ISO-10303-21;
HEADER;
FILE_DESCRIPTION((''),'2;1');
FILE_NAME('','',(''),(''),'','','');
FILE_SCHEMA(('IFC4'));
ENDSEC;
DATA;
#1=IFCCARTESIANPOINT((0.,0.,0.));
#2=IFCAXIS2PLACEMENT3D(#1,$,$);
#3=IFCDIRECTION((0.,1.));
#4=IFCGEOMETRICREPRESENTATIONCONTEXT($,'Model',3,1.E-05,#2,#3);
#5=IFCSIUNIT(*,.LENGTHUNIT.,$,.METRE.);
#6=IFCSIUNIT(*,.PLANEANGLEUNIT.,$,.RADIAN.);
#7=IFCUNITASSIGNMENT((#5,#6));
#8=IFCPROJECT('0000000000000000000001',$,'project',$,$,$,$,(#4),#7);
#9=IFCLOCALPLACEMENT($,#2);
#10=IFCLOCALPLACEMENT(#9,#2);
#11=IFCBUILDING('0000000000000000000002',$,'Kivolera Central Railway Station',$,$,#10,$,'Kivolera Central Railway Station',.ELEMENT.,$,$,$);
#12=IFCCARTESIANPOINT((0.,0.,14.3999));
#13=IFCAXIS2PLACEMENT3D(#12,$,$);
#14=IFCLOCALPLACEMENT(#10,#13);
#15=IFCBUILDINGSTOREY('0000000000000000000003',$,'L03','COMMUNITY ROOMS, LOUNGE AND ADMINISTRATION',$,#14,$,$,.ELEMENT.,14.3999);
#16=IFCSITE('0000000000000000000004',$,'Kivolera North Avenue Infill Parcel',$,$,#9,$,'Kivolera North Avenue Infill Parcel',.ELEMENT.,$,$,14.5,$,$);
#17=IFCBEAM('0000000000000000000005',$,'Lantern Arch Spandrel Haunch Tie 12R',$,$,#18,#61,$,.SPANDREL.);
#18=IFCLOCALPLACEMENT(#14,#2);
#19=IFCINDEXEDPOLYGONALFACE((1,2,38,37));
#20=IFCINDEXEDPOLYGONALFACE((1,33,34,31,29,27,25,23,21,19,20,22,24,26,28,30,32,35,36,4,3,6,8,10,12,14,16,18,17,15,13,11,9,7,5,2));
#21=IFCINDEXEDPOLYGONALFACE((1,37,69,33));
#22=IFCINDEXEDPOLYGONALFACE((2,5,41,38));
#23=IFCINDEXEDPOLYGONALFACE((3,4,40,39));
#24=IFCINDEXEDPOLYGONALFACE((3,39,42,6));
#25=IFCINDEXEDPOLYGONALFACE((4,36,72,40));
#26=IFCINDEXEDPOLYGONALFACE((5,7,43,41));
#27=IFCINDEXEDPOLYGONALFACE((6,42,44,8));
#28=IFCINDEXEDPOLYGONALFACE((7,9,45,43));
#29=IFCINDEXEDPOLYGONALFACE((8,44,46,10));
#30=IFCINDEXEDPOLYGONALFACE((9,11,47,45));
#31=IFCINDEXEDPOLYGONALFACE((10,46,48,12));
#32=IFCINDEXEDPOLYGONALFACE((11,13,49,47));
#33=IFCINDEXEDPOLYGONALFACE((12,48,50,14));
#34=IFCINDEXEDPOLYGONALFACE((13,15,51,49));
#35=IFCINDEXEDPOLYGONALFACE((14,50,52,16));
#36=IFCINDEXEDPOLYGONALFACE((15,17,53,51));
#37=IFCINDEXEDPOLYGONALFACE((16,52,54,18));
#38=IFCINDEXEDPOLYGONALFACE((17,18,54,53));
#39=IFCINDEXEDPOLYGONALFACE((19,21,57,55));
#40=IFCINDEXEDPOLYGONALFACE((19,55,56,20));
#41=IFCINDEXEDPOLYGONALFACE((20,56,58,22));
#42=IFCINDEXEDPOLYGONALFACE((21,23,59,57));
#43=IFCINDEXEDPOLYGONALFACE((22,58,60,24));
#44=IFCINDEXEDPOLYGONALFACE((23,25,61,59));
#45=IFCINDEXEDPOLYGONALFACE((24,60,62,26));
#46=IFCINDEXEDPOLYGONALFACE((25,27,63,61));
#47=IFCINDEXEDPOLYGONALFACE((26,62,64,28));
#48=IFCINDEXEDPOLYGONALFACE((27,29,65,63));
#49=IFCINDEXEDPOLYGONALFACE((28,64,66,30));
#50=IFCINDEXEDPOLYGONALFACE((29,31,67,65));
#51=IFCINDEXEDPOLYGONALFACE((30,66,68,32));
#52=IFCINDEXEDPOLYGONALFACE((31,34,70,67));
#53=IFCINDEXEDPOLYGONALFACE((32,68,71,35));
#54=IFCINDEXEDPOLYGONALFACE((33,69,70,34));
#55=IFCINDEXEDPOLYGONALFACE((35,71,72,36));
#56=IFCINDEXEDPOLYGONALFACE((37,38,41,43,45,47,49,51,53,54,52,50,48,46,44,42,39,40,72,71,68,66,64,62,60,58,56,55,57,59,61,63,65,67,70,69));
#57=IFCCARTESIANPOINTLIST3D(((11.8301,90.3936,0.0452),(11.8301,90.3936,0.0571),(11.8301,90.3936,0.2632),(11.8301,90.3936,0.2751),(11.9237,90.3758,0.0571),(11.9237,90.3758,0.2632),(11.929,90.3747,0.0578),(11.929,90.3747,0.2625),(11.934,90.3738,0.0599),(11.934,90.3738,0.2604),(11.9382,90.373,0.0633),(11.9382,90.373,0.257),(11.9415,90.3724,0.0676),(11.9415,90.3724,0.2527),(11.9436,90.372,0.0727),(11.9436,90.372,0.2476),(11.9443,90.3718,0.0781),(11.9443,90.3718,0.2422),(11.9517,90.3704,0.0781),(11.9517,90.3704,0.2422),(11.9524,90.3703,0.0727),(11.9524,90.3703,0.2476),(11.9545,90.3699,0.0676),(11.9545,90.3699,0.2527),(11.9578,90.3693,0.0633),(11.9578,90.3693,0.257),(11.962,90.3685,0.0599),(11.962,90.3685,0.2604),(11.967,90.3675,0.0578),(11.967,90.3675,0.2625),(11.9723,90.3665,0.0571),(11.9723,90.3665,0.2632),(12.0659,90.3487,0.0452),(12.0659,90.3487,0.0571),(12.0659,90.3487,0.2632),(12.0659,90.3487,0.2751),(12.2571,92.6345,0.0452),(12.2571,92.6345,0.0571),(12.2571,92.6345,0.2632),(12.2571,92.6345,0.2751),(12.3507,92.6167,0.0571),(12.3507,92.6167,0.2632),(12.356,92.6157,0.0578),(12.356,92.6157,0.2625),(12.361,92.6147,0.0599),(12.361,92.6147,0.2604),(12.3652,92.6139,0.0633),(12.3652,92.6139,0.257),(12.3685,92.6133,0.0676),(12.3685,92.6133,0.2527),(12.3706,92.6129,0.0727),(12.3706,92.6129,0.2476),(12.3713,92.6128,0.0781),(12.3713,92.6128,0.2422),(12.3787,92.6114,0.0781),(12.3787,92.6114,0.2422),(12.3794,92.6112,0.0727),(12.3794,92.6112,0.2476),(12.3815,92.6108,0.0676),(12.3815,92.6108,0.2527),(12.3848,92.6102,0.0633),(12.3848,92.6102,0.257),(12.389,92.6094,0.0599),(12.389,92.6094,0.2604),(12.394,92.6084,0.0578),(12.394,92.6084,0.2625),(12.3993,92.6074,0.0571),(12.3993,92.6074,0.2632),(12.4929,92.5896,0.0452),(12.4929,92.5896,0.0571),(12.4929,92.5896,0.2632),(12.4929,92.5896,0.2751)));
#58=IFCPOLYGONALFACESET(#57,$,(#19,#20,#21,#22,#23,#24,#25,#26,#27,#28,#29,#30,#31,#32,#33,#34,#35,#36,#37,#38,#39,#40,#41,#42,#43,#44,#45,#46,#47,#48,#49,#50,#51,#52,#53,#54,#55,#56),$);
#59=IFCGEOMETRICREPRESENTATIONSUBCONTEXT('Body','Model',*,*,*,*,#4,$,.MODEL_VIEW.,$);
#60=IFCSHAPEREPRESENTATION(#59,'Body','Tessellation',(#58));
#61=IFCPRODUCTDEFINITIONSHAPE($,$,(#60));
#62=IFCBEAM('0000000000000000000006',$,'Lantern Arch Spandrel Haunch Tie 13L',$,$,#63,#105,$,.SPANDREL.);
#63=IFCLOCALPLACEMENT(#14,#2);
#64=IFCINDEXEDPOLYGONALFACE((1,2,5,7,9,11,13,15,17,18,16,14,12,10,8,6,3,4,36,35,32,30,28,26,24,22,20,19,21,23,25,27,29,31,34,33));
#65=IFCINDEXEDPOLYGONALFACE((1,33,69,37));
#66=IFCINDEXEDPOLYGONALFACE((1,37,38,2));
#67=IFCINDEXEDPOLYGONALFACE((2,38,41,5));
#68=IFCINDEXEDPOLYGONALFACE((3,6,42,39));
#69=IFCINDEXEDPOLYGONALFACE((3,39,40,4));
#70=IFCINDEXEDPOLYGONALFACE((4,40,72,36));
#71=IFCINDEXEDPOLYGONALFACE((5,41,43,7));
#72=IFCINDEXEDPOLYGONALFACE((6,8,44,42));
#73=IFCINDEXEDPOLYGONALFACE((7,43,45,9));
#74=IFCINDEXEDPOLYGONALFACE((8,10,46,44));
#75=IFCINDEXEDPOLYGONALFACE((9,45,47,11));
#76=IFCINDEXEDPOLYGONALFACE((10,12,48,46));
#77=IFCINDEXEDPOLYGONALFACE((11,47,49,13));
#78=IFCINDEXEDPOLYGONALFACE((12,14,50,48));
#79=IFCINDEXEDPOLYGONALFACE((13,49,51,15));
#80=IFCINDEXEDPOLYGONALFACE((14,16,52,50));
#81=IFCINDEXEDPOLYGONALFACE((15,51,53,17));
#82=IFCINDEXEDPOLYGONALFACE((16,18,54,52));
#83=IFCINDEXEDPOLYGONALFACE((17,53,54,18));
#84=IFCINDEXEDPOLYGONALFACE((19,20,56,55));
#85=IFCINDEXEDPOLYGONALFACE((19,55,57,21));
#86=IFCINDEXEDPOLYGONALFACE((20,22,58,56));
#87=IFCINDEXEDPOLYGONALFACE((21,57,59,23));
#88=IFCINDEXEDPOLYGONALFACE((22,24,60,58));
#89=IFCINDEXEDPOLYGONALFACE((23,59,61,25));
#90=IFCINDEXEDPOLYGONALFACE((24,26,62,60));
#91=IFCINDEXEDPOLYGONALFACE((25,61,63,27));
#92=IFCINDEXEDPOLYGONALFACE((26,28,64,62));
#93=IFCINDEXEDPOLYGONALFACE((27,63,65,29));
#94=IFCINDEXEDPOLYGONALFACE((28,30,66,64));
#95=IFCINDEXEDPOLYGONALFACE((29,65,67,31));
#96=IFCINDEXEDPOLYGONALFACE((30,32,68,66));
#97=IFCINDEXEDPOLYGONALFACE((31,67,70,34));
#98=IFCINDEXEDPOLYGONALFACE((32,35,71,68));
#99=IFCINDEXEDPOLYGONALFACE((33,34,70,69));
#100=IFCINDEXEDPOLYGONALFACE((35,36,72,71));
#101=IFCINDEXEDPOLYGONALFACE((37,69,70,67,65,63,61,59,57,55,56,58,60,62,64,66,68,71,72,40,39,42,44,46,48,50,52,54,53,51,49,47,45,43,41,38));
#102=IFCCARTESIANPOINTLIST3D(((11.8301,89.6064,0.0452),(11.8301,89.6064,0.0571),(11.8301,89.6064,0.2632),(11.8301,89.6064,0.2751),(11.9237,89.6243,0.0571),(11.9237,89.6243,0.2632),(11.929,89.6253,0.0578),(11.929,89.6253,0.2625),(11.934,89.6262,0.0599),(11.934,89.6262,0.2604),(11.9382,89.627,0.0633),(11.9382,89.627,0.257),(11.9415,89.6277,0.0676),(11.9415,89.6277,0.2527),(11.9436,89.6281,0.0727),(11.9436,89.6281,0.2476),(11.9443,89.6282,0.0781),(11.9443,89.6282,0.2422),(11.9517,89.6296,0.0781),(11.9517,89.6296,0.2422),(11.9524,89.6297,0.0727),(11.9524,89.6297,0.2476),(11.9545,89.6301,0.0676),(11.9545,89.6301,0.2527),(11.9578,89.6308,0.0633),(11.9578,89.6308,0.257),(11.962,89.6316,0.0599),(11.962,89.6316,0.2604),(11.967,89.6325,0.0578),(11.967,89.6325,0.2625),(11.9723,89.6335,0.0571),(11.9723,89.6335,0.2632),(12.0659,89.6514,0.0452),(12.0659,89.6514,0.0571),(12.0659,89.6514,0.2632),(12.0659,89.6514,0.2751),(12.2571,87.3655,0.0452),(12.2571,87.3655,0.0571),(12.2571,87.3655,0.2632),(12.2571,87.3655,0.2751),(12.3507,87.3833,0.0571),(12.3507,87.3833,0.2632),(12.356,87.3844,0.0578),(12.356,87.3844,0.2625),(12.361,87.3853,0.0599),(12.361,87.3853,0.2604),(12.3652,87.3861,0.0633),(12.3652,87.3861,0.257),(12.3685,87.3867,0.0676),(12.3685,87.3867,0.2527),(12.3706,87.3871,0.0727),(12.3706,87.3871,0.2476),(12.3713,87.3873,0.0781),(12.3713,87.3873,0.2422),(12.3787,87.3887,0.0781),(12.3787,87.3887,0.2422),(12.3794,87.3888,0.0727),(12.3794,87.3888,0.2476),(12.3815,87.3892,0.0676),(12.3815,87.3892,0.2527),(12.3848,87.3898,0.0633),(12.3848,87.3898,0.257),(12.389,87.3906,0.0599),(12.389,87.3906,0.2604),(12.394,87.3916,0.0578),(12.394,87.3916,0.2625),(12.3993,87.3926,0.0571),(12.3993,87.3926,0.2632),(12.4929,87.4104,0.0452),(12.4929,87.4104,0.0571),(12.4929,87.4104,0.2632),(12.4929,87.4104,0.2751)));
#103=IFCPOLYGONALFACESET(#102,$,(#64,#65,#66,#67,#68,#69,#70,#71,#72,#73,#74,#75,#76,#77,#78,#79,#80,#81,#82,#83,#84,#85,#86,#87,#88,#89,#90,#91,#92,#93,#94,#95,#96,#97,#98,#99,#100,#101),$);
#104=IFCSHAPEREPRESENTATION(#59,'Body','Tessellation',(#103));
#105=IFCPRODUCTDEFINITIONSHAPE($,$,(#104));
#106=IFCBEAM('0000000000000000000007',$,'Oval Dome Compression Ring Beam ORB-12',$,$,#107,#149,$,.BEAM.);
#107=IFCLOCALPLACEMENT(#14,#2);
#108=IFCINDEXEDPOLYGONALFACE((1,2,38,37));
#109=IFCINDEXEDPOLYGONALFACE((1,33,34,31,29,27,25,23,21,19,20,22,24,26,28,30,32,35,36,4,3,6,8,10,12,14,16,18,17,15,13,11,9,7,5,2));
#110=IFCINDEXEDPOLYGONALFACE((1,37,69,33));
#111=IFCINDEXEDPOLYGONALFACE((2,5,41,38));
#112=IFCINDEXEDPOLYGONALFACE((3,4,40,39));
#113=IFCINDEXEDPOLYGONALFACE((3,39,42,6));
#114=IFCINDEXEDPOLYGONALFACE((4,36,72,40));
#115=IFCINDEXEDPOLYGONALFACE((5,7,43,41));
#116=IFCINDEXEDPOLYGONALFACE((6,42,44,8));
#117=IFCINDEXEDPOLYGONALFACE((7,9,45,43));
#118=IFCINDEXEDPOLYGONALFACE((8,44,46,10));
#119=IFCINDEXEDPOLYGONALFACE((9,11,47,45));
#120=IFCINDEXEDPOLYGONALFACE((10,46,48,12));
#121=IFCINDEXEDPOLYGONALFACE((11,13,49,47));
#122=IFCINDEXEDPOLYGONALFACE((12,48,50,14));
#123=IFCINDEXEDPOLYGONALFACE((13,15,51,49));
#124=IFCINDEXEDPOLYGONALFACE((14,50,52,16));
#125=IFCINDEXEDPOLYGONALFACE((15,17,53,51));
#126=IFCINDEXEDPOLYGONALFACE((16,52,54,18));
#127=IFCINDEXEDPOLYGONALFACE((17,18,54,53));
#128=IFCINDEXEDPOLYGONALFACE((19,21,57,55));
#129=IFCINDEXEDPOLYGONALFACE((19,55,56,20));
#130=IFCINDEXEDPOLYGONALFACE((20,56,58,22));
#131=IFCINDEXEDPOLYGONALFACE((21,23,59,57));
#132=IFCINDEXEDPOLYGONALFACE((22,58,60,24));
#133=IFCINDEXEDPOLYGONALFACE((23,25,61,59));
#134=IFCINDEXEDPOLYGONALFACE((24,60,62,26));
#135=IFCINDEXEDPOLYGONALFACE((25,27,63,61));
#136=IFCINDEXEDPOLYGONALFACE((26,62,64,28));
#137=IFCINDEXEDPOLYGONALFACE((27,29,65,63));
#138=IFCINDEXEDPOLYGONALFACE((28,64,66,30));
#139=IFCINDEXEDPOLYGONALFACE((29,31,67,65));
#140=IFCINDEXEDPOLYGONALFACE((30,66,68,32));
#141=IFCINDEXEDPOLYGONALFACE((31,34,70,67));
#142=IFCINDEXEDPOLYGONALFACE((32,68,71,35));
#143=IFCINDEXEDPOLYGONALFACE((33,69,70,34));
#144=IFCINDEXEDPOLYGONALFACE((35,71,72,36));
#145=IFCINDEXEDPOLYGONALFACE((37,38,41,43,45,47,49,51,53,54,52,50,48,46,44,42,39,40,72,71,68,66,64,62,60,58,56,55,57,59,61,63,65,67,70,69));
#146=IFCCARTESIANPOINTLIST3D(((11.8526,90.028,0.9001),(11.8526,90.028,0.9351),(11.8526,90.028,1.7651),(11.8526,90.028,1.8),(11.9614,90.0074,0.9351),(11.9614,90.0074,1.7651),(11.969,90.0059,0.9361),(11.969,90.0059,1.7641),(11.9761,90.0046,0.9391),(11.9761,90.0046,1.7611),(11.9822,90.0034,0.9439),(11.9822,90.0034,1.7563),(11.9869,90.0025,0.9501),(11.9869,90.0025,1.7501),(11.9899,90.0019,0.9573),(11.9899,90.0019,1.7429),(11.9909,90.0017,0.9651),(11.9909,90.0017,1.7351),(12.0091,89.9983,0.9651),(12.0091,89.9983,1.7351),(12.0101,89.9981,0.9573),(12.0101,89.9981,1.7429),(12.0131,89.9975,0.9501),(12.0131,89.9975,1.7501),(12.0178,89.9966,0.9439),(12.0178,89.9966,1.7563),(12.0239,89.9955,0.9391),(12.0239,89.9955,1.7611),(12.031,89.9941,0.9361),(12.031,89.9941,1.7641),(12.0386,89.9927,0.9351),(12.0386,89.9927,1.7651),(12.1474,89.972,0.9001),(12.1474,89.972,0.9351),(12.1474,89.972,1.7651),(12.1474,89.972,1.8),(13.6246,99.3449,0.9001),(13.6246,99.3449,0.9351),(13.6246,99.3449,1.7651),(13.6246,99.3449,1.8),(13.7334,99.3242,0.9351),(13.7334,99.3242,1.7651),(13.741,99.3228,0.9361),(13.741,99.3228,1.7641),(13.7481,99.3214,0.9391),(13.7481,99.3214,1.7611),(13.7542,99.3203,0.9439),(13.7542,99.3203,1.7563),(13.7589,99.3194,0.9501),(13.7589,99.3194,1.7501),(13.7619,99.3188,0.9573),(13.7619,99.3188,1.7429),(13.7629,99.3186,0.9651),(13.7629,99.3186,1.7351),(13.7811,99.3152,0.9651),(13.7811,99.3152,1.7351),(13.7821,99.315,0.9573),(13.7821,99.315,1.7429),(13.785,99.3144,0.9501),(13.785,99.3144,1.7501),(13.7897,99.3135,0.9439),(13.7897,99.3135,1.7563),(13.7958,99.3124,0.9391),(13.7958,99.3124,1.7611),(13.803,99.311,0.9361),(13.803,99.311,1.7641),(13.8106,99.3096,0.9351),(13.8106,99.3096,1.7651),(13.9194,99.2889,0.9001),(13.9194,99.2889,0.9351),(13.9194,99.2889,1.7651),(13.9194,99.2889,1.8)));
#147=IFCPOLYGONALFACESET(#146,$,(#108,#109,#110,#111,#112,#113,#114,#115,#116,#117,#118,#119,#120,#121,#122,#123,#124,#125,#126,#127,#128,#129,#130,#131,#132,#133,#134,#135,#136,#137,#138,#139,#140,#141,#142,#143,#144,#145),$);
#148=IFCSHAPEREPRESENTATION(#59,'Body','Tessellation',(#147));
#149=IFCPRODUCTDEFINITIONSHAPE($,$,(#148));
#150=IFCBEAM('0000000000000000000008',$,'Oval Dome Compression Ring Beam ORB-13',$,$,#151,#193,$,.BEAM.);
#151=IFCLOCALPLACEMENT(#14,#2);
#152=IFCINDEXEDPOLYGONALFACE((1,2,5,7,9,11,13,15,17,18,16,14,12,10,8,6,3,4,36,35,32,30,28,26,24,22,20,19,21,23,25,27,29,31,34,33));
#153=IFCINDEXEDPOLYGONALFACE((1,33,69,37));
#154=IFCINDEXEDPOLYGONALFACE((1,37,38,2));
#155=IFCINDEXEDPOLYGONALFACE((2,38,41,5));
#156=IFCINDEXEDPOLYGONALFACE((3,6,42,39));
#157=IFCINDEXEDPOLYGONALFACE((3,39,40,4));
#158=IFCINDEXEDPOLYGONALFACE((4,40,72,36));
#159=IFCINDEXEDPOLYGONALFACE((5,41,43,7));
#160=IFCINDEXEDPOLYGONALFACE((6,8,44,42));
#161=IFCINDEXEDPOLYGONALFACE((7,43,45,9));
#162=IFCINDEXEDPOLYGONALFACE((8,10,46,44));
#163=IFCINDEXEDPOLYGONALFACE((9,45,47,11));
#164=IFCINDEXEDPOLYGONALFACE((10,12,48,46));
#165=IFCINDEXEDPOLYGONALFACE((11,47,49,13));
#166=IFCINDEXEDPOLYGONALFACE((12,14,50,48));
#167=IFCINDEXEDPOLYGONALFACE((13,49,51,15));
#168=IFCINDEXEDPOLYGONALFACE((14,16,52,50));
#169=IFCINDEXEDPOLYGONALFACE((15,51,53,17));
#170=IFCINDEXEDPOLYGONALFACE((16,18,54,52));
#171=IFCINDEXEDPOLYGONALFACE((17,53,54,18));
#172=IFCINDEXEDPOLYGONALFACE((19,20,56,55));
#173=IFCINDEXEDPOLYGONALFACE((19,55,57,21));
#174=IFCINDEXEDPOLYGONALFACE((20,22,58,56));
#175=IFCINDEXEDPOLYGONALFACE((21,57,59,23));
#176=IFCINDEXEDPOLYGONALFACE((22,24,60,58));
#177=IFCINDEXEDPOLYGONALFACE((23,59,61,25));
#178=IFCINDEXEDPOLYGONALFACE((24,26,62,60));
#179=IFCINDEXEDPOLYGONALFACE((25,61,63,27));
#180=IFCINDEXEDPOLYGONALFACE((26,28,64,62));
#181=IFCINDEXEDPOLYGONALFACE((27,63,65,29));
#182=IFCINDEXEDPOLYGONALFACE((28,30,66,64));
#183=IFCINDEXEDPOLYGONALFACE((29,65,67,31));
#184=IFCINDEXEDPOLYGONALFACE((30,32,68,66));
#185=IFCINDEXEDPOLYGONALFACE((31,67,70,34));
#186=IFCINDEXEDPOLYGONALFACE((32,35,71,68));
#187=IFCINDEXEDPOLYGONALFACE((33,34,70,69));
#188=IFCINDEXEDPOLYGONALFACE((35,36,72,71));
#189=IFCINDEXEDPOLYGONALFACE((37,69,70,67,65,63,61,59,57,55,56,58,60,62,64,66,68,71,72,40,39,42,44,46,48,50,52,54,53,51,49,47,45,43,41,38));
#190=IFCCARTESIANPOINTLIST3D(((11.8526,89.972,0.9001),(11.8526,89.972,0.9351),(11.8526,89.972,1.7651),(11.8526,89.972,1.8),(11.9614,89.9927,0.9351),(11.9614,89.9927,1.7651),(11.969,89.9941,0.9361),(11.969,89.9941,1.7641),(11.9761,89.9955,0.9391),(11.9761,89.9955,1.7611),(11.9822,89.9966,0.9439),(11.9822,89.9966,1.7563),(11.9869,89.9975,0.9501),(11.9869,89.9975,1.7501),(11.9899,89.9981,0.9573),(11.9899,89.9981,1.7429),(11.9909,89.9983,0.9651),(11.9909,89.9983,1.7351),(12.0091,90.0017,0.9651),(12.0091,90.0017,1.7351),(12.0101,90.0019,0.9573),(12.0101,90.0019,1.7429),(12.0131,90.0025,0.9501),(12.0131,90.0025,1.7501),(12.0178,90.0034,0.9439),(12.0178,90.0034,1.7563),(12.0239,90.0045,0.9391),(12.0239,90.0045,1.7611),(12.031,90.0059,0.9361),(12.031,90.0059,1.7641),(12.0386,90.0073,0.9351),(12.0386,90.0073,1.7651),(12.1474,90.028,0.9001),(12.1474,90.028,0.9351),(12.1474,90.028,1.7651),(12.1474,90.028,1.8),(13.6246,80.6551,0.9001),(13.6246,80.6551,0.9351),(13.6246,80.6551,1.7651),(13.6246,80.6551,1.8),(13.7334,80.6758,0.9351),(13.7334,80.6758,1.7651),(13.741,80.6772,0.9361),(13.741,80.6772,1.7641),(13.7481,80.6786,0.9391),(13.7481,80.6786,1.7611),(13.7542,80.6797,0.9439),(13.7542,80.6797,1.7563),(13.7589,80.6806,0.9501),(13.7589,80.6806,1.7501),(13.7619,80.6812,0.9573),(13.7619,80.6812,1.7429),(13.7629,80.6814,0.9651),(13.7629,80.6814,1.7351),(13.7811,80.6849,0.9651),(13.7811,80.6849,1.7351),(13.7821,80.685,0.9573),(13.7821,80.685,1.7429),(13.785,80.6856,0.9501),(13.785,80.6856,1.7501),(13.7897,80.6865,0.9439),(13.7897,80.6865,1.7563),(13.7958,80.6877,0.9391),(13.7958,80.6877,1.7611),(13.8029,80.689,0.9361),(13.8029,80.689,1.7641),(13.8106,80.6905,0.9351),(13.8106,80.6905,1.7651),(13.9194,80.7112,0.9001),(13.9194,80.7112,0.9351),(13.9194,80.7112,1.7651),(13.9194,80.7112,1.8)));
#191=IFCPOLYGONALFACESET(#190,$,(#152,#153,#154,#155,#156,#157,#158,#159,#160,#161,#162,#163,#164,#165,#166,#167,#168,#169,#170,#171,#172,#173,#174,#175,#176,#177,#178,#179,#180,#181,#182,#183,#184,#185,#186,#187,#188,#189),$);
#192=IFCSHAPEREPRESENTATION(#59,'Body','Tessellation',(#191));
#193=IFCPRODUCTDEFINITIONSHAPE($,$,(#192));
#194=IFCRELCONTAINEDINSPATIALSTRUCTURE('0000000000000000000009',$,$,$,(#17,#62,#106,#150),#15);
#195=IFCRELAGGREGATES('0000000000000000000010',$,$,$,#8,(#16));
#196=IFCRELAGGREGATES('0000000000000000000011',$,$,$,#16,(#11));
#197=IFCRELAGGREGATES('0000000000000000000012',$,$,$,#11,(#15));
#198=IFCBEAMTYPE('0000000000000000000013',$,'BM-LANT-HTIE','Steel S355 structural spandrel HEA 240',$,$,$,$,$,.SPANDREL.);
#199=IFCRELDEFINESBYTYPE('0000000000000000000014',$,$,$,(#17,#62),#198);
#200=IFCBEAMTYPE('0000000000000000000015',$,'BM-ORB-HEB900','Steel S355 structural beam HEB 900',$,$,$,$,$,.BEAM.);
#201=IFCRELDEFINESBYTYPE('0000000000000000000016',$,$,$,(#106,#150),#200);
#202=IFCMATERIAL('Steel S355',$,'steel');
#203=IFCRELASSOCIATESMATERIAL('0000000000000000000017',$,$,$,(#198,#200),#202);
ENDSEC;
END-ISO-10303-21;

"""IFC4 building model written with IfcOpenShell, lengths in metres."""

from ifc_helpers import new_model, si_unit, direction, frame, origin, origin_2d, place, context, subcontext, project, spatial, i_section, extrude, material, material_profile, profile_set, type_object, element, save


model = new_model("IFC4")

# Units and contexts
model_context = context("Model", 3, precision=1e-05, world=origin(), true_north=direction((0.0, 1.0)))
body_context = subcontext(model_context, "Body", "Model", "MODEL_VIEW")
ifc_project = project(units=[si_unit("LENGTHUNIT", "METRE"), si_unit("PLANEANGLEUNIT", "RADIAN")], contexts=[model_context])

# Site, building, storey
site_placement = place(None, origin())
site = spatial("IfcSite", under=ifc_project, at=site_placement, Name="Kivolera North Avenue Infill Parcel", LongName="Kivolera North Avenue Infill Parcel", CompositionType="ELEMENT", RefElevation=14.5)
building_placement = place(site_placement, origin())
building = spatial("IfcBuilding", under=site, at=building_placement, Name="Kivolera Central Railway Station", LongName="Kivolera Central Railway Station", CompositionType="ELEMENT")
storey_placement = place(building_placement, frame((0.0, 0.0, 14.3999)))
storey = spatial("IfcBuildingStorey", under=building, at=storey_placement, Name="L03", Description="COMMUNITY ROOMS, LOUNGE AND ADMINISTRATION", CompositionType="ELEMENT", Elevation=14.3999)

# Beams
ifc_material_1 = material(Name="Steel S355", Category="steel")
ifc_material_profile_1 = material_profile(ifc_material_1, i_section(OverallWidth=0.24, OverallDepth=0.23, WebThickness=0.0076, FlangeThickness=0.012, FilletRadius=0.021, at=origin_2d()), Name="HEA 240")
ifc_profile_set_1 = profile_set([ifc_material_profile_1], Name="Steel S355")
beam_type_1 = type_object("IfcBeamType", Name="BM-LANT-HTIE", Description="Steel S355 structural spandrel HEA 240", PredefinedType="SPANDREL", material=ifc_profile_set_1)
for number, where, z_axis, x_axis, name in (
    (1, (12.375, 92.6121, 0.1602), (-0.187176, -0.982326, 0.0), (0.982326, -0.187176, 0.0), "Lantern Arch Spandrel Haunch Tie 12R"),
    (2, (11.948, 89.6289, 0.1602), (0.187176, -0.982326, 0.0), (0.982326, 0.187176, 0.0), "Lantern Arch Spandrel Haunch Tie 13L"),
):
    element("IfcBeam", number, at=place(storey_placement, frame(where, z_axis=z_axis, x_axis=x_axis)), inside=storey, type_object=beam_type_1, Name=name, PredefinedType="SPANDREL", context=body_context, shape_type="SweptSolid", body=[
        extrude(i_section(OverallWidth=0.24, OverallDepth=0.23, WebThickness=0.0076, FlangeThickness=0.012, FilletRadius=0.021, at=origin_2d()), origin(), (0.0, 0.0, 1.0), 2.2812),
    ])
ifc_material_profile_2 = material_profile(ifc_material_1, i_section(OverallWidth=0.3, OverallDepth=0.8999, WebThickness=0.0186, FlangeThickness=0.0349, FilletRadius=0.03, at=origin_2d()), Name="HEB 900")
ifc_profile_set_2 = profile_set([ifc_material_profile_2], Name="Steel S355")
beam_type_2 = type_object("IfcBeamType", Name="BM-ORB-HEB900", Description="Steel S355 structural beam HEB 900", PredefinedType="BEAM", material=ifc_profile_set_2)
for number, where, z_axis, x_axis, name in (
    (3, (13.772, 99.3169, 1.3501), (-0.18684, -0.98239, 0.0), (0.98239, -0.18684, 0.0), "Oval Dome Compression Ring Beam ORB-12"),
    (4, (12.0, 90.0, 1.3501), (0.18684, -0.98239, 0.0), (0.98239, 0.18684, 0.0), "Oval Dome Compression Ring Beam ORB-13"),
):
    element("IfcBeam", number, at=place(storey_placement, frame(where, z_axis=z_axis, x_axis=x_axis)), inside=storey, type_object=beam_type_2, Name=name, PredefinedType="BEAM", context=body_context, shape_type="SweptSolid", body=[
        extrude(i_section(OverallWidth=0.3, OverallDepth=0.8999, WebThickness=0.0186, FlangeThickness=0.0349, FilletRadius=0.03, at=origin_2d()), origin(), (0.0, 0.0, 1.0), 9.4839),
    ])

save(model, "model.ifc")
